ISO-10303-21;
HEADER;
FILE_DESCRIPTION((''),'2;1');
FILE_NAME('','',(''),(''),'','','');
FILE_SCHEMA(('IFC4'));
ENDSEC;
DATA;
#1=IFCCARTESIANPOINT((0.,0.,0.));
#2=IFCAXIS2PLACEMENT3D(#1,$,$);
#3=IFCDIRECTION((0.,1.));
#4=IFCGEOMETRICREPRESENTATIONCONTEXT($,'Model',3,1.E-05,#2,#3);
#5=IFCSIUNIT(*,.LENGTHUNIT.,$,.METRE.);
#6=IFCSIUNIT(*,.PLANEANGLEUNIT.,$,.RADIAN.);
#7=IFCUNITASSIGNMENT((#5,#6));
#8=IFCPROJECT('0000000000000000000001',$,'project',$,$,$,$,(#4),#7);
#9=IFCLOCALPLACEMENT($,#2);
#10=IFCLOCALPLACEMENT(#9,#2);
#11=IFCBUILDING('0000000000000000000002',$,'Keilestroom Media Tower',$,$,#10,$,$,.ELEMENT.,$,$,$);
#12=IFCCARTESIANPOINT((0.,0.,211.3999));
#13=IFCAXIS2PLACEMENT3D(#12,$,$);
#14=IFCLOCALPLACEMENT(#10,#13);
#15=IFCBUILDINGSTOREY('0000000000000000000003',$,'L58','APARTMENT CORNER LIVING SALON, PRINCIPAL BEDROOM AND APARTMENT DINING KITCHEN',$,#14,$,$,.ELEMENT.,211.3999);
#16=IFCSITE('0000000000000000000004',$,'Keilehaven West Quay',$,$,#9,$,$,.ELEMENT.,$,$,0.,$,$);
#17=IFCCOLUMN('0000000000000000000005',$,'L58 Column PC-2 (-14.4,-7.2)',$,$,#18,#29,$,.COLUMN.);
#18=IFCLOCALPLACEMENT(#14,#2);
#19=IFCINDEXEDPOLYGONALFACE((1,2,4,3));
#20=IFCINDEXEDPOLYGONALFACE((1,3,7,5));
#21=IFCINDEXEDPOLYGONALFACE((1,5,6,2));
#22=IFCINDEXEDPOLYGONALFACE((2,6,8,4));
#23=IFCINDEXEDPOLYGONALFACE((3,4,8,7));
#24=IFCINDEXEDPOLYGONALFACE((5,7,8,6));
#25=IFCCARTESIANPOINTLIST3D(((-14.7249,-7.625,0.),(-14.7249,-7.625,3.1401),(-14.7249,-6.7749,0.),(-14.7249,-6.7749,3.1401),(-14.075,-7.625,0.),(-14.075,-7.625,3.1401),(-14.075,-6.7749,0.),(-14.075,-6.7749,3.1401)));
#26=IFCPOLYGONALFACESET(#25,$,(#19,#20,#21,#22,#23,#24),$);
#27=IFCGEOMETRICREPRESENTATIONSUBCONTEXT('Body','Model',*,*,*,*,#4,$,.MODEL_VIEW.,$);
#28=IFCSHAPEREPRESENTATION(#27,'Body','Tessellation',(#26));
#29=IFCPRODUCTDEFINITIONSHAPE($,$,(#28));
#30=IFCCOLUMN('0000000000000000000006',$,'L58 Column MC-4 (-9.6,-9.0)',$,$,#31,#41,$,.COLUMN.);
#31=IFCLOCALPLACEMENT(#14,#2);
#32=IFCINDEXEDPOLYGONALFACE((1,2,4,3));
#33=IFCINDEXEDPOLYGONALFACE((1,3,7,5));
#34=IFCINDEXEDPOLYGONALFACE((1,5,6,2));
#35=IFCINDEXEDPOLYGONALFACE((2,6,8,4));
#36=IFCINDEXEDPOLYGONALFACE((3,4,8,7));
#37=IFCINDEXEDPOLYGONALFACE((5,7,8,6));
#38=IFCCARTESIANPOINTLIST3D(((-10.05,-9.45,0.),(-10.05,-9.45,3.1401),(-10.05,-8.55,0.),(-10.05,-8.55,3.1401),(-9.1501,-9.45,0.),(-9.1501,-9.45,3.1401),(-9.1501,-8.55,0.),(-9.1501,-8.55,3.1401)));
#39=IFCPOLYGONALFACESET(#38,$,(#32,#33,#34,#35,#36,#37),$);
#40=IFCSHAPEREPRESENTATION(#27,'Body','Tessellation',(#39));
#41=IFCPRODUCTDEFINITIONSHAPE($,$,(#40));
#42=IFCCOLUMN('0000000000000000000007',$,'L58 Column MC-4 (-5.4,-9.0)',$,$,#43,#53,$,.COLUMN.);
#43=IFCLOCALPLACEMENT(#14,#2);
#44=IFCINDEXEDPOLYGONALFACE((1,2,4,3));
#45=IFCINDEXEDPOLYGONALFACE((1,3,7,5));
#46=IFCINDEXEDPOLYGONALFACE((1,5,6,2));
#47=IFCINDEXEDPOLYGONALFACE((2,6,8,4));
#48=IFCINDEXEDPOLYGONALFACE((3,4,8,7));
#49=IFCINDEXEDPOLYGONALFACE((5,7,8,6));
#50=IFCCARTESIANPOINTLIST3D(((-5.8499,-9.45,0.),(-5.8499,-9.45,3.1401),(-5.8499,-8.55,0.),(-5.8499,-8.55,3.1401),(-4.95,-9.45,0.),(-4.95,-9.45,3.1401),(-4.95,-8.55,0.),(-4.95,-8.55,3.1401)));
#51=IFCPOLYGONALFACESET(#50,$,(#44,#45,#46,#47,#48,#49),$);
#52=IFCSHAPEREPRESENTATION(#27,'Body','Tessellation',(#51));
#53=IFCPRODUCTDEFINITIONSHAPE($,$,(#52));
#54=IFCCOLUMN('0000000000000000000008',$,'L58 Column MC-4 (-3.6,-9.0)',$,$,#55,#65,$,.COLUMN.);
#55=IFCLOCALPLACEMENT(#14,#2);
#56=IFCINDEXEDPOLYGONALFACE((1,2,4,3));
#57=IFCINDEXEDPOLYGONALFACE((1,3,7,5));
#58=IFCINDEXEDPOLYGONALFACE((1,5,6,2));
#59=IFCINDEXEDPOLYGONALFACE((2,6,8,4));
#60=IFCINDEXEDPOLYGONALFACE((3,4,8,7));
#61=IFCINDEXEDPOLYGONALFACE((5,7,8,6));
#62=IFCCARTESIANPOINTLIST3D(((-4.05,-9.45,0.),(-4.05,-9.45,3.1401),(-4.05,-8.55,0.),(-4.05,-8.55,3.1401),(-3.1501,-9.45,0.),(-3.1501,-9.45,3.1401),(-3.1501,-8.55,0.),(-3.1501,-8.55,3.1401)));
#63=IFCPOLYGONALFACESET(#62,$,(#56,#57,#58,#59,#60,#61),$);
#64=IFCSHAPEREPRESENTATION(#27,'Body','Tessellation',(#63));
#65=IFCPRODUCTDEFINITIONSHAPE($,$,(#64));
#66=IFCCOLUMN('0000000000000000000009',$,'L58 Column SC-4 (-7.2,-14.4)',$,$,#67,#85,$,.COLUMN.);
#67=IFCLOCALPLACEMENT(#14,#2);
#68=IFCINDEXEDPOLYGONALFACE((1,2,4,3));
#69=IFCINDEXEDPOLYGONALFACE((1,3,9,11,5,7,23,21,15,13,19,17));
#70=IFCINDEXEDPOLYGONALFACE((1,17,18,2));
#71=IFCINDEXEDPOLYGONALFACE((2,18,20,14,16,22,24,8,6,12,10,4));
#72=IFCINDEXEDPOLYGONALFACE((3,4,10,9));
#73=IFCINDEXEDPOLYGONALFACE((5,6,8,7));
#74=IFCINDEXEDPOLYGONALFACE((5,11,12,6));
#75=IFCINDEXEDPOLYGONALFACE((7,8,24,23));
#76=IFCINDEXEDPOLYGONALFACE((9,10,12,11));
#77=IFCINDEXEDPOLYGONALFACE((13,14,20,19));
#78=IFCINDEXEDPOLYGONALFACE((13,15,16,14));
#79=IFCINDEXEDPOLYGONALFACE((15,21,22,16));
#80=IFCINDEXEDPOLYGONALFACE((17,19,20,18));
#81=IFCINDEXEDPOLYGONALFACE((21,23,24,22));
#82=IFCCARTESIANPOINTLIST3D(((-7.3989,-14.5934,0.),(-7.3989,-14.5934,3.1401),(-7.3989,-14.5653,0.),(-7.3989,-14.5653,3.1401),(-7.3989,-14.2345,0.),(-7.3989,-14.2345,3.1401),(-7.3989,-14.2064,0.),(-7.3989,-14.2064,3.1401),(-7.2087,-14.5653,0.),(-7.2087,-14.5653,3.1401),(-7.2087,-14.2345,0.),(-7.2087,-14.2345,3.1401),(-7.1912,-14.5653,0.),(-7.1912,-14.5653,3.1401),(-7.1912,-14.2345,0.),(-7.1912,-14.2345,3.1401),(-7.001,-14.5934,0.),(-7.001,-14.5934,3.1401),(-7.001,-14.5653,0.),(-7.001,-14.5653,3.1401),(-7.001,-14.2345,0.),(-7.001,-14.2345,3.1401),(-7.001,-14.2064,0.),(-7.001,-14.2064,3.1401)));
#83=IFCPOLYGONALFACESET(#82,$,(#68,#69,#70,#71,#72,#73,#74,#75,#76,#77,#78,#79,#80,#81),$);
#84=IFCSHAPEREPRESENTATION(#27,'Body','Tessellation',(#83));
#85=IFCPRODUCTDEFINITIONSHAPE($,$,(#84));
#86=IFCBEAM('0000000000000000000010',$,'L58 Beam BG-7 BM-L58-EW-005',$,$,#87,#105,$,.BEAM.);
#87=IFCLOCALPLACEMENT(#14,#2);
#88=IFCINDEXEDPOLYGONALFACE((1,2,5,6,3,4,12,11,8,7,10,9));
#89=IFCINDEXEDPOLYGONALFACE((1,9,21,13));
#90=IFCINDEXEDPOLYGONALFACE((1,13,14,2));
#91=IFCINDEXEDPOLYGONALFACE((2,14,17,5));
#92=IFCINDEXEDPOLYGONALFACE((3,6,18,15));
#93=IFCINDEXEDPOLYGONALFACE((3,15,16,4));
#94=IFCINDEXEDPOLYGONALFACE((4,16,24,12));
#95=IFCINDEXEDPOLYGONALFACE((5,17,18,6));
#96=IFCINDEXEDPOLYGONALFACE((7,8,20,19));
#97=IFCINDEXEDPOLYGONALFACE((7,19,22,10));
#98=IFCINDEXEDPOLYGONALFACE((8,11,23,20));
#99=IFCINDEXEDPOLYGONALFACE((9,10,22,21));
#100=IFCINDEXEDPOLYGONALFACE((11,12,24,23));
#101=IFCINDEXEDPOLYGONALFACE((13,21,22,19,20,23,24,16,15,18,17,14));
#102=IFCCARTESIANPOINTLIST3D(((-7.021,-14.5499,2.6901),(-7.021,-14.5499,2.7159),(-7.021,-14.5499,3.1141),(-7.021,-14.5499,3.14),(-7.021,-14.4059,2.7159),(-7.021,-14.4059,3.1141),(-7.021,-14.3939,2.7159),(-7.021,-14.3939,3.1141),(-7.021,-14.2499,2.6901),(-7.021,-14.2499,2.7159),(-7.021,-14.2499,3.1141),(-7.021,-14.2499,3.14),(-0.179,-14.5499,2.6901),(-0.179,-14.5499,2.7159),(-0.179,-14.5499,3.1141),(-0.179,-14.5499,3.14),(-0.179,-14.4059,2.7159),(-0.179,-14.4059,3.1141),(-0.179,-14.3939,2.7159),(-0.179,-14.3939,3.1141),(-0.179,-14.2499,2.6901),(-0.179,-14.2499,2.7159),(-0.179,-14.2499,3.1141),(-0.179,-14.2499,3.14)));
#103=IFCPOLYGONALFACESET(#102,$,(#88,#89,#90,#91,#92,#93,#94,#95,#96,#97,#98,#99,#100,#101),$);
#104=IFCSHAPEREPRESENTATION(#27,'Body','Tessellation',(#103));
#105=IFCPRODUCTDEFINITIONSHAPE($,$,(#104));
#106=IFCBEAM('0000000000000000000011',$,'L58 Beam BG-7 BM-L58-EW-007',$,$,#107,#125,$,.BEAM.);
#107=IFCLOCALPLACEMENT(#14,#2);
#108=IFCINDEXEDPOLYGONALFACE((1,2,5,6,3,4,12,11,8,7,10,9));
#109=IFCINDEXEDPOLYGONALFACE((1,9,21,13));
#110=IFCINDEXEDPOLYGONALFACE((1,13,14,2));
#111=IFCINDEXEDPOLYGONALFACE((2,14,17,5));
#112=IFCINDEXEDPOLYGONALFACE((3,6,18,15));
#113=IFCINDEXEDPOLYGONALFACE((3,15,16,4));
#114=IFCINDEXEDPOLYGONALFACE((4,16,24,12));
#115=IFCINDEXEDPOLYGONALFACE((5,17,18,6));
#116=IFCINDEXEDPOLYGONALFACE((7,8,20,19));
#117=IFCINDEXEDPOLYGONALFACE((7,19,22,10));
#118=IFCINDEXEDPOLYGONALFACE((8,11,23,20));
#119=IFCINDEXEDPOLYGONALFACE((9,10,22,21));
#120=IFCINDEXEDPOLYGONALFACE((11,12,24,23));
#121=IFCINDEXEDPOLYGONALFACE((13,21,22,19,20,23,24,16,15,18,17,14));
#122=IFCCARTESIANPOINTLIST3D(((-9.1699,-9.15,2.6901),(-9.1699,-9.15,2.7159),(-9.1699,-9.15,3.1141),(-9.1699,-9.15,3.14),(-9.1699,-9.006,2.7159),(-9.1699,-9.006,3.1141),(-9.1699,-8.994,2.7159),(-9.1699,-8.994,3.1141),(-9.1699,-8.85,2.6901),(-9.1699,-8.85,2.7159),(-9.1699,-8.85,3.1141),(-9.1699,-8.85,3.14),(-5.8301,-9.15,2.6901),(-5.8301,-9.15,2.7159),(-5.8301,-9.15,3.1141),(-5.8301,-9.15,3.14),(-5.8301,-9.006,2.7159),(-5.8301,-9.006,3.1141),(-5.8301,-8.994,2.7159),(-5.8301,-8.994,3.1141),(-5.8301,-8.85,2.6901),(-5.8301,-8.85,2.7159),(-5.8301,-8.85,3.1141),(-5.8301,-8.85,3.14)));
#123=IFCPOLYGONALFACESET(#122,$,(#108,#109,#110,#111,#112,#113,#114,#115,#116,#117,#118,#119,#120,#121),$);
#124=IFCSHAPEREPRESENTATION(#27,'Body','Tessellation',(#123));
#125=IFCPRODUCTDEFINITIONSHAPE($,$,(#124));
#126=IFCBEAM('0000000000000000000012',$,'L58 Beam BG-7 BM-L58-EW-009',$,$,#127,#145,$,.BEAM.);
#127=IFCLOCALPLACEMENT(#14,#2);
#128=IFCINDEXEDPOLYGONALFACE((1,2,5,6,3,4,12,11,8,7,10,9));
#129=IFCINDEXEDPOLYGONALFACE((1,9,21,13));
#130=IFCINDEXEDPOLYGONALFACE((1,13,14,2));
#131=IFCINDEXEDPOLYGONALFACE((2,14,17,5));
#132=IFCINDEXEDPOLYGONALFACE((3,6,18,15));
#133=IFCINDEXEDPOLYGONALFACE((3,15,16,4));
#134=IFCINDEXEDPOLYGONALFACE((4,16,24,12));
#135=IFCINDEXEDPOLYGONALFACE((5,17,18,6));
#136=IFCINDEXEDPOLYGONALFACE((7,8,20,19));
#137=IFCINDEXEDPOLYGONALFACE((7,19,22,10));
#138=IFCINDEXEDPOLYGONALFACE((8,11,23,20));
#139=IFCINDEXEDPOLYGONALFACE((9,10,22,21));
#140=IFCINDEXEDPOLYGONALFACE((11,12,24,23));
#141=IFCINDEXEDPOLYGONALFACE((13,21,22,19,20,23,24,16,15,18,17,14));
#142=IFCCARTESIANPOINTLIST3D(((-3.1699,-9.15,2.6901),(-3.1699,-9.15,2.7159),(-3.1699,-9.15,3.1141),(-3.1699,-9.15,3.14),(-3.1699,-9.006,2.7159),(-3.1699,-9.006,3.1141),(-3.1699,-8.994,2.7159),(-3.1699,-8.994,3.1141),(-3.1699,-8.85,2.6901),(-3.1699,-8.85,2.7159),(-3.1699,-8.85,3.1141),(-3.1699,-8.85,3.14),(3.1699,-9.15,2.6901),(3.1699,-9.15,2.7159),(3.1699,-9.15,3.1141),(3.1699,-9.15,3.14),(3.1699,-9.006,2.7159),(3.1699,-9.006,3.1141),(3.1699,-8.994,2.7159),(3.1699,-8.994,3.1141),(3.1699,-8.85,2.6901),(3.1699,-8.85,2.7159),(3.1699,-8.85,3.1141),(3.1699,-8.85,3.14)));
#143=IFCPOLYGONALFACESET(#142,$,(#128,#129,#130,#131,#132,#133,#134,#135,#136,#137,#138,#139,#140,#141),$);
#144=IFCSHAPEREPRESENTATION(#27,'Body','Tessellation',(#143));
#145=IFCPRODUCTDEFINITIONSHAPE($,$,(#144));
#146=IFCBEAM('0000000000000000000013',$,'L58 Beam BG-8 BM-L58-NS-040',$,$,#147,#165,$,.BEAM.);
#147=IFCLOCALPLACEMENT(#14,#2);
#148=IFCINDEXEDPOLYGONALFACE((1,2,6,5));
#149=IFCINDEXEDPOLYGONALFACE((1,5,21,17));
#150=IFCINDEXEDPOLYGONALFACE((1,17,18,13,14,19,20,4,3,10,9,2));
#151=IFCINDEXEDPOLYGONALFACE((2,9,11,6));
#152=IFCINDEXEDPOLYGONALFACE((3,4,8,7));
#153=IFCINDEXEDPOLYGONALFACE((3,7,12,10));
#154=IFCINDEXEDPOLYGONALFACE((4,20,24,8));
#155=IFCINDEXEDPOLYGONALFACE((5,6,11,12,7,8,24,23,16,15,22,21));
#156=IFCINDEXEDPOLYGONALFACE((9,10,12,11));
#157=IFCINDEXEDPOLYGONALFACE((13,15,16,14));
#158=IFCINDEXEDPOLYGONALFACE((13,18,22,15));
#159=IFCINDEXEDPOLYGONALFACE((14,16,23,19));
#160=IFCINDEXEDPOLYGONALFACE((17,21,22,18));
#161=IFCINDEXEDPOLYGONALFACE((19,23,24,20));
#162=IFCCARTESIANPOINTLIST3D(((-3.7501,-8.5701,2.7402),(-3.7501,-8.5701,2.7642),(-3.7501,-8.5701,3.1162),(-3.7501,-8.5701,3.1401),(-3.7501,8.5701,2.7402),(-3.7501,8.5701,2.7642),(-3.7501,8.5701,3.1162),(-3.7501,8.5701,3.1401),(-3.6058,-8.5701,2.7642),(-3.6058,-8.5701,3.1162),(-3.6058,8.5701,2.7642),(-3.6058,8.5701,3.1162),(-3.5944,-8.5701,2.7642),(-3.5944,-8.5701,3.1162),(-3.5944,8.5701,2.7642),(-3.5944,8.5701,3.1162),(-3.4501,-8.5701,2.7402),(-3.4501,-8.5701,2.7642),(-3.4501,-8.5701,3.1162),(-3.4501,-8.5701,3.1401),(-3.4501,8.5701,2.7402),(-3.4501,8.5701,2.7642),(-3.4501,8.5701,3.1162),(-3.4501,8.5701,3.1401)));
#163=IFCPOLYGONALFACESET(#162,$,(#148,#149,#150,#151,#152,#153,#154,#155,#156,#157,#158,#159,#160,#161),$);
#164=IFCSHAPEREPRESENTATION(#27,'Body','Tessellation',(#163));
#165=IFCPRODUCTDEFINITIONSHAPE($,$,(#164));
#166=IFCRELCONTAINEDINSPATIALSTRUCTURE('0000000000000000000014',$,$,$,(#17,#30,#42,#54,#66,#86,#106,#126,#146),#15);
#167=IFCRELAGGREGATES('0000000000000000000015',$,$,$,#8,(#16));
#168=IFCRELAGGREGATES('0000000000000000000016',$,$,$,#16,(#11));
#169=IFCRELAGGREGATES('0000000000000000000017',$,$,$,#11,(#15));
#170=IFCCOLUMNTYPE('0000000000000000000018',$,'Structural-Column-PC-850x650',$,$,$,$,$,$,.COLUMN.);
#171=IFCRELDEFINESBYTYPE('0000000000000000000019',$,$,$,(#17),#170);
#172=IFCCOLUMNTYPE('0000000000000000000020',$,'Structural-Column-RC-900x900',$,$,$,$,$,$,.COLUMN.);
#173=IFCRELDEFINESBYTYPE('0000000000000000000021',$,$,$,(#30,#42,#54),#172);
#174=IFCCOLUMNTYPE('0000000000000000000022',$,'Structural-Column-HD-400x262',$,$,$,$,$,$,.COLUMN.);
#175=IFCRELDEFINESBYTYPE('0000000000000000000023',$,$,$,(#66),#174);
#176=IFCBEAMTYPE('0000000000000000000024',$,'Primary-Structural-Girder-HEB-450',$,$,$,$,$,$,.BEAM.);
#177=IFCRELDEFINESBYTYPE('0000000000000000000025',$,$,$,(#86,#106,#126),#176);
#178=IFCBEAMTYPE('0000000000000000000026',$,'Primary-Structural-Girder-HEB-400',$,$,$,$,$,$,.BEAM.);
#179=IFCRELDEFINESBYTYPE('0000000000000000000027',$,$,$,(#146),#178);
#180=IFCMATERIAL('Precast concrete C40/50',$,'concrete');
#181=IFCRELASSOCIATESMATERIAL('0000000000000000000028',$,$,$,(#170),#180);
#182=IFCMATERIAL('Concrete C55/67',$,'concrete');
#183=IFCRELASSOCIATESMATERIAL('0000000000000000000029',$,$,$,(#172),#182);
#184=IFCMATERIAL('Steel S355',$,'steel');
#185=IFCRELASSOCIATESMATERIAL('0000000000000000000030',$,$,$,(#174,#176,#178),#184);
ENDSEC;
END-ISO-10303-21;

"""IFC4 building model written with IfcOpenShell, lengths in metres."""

from ifc_helpers import new_model, si_unit, direction, frame, origin, origin_2d, place, context, subcontext, project, spatial, rectangle, i_section, extrude, source, transform, mapped, material, material_profile, profile_set, type_object, element, save


model = new_model("IFC4")

# Units and contexts
model_context = context("Model", 3, precision=1e-05, world=origin(), true_north=direction((0.0, 1.0)))
body_context = subcontext(model_context, "Body", "Model", "MODEL_VIEW")
ifc_project = project(units=[si_unit("LENGTHUNIT", "METRE"), si_unit("PLANEANGLEUNIT", "RADIAN")], contexts=[model_context])

# Site, building, storey
site_placement = place(None, origin())
site = spatial("IfcSite", under=ifc_project, at=site_placement, Name="Keilehaven West Quay", CompositionType="ELEMENT", RefElevation=0.0)
building_placement = place(site_placement, origin())
building = spatial("IfcBuilding", under=site, at=building_placement, Name="Keilestroom Media Tower", CompositionType="ELEMENT")
storey_placement = place(building_placement, frame((0.0, 0.0, 211.3999)))
storey = spatial("IfcBuildingStorey", under=building, at=storey_placement, Name="L58", Description="APARTMENT CORNER LIVING SALON, PRINCIPAL BEDROOM AND APARTMENT DINING KITCHEN", CompositionType="ELEMENT", Elevation=211.3999)

# Columns
ifc_material_1 = material(Name="Precast concrete C40/50", Category="concrete")
ifc_material_profile_1 = material_profile(ifc_material_1, rectangle(XDim=0.6499, YDim=0.8501, at=origin_2d()), Name="PC 850x650")
ifc_profile_set_1 = profile_set([ifc_material_profile_1], Name="Precast concrete C40/50")
column_type_1 = type_object("IfcColumnType", Name="Structural-Column-PC-850x650", PredefinedType="COLUMN", material=ifc_profile_set_1)
shared_shape_1 = source(origin(), body_context, "Body", "SweptSolid", [
    extrude(rectangle(XDim=0.6499, YDim=0.8501, at=origin_2d()), origin(), (0.0, 0.0, 1.0), 3.1401),
])
column_1_placement = place(storey_placement, frame((-14.3999, -7.2, 0.0), z_axis=(0.0, 0.0, 1.0), x_axis=(1.0, 0.0, 0.0)))
element("IfcColumn", 1, at=column_1_placement, inside=storey, type_object=column_type_1, Name="L58 Column PC-2 (-14.4,-7.2)", PredefinedType="COLUMN", context=body_context, shape_type="MappedRepresentation", body=[
    mapped(shared_shape_1, transform((0.0, 0.0, 0.0), x_axis=(1.0, 0.0, 0.0), y_axis=(0.0, 1.0, 0.0), z_axis=(0.0, 0.0, 1.0), scale=1.0)),
])
ifc_material_2 = material(Name="Concrete C55/67", Category="concrete")
ifc_material_profile_2 = material_profile(ifc_material_2, rectangle(XDim=0.8999, YDim=0.8999, at=origin_2d()), Name="RC 900x900")
ifc_profile_set_2 = profile_set([ifc_material_profile_2], Name="Concrete C55/67")
column_type_2 = type_object("IfcColumnType", Name="Structural-Column-RC-900x900", PredefinedType="COLUMN", material=ifc_profile_set_2)
shared_shape_2 = source(origin(), body_context, "Body", "SweptSolid", [
    extrude(rectangle(XDim=0.8999, YDim=0.8999, at=origin_2d()), origin(), (0.0, 0.0, 1.0), 3.1401),
])
for number, where, z_axis, x_axis, name in (
    (2, (-9.6001, -9.0, 0.0), (0.0, 0.0, 1.0), (1.0, 0.0, 0.0), "L58 Column MC-4 (-9.6,-9.0)"),
    (3, (-5.3999, -9.0, 0.0), (0.0, 0.0, 1.0), (1.0, 0.0, 0.0), "L58 Column MC-4 (-5.4,-9.0)"),
    (4, (-3.6001, -9.0, 0.0), (0.0, 0.0, 1.0), (1.0, 0.0, 0.0), "L58 Column MC-4 (-3.6,-9.0)"),
):
    element("IfcColumn", number, at=place(storey_placement, frame(where, z_axis=z_axis, x_axis=x_axis)), inside=storey, type_object=column_type_2, Name=name, PredefinedType="COLUMN", context=body_context, shape_type="MappedRepresentation", body=[
        mapped(shared_shape_2, transform((0.0, 0.0, 0.0), x_axis=(1.0, 0.0, 0.0), y_axis=(0.0, 1.0, 0.0), z_axis=(0.0, 0.0, 1.0), scale=1.0)),
    ])
ifc_material_3 = material(Name="Steel S355", Category="steel")
ifc_material_profile_3 = material_profile(ifc_material_3, i_section(OverallWidth=0.3979, OverallDepth=0.387, WebThickness=0.0176, FlangeThickness=0.0281, at=origin_2d()), Name="HD 400x262")
ifc_profile_set_3 = profile_set([ifc_material_profile_3], Name="Steel S355")
column_type_3 = type_object("IfcColumnType", Name="Structural-Column-HD-400x262", PredefinedType="COLUMN", material=ifc_profile_set_3)
shared_shape_3 = source(origin(), body_context, "Body", "SweptSolid", [
    extrude(i_section(OverallWidth=0.3979, OverallDepth=0.387, WebThickness=0.0176, FlangeThickness=0.0281, at=origin_2d()), origin(), (0.0, 0.0, 1.0), 3.1401),
])
column_2_placement = place(storey_placement, frame((-7.2, -14.3999, 0.0), z_axis=(0.0, 0.0, 1.0), x_axis=(1.0, 0.0, 0.0)))
element("IfcColumn", 5, at=column_2_placement, inside=storey, type_object=column_type_3, Name="L58 Column SC-4 (-7.2,-14.4)", PredefinedType="COLUMN", context=body_context, shape_type="MappedRepresentation", body=[
    mapped(shared_shape_3, transform((0.0, 0.0, 0.0), x_axis=(1.0, 0.0, 0.0), y_axis=(0.0, 1.0, 0.0), z_axis=(0.0, 0.0, 1.0), scale=1.0)),
])

# Beams
ifc_material_profile_4 = material_profile(ifc_material_3, i_section(OverallWidth=0.3, OverallDepth=0.45, WebThickness=0.012, FlangeThickness=0.0259, at=origin_2d()), Name="HEB 450")
ifc_profile_set_4 = profile_set([ifc_material_profile_4], Name="Steel S355")
beam_type_1 = type_object("IfcBeamType", Name="Primary-Structural-Girder-HEB-450", PredefinedType="BEAM", material=ifc_profile_set_4)
shared_shape_4 = source(origin(), body_context, "Body", "SweptSolid", [
    extrude(i_section(OverallWidth=0.3, OverallDepth=0.45, WebThickness=0.012, FlangeThickness=0.0259, at=origin_2d()), origin(), (0.0, 0.0, 1.0), 6.842),
])
beam_1_placement = place(storey_placement, frame((-7.021, -14.3999, 2.915), z_axis=(1.0, 0.0, 0.0), x_axis=(0.0, 1.0, 0.0)))
element("IfcBeam", 6, at=beam_1_placement, inside=storey, type_object=beam_type_1, Name="L58 Beam BG-7 BM-L58-EW-005", PredefinedType="BEAM", context=body_context, shape_type="MappedRepresentation", body=[
    mapped(shared_shape_4, transform((0.0, 0.0, 0.0), x_axis=(1.0, 0.0, 0.0), y_axis=(0.0, 1.0, 0.0), z_axis=(0.0, 0.0, 1.0), scale=1.0)),
])
shared_shape_5 = source(origin(), body_context, "Body", "SweptSolid", [
    extrude(i_section(OverallWidth=0.3, OverallDepth=0.45, WebThickness=0.012, FlangeThickness=0.0259, at=origin_2d()), origin(), (0.0, 0.0, 1.0), 3.3398),
])
beam_2_placement = place(storey_placement, frame((-9.1699, -9.0, 2.915), z_axis=(1.0, 0.0, 0.0), x_axis=(0.0, 1.0, 0.0)))
element("IfcBeam", 7, at=beam_2_placement, inside=storey, type_object=beam_type_1, Name="L58 Beam BG-7 BM-L58-EW-007", PredefinedType="BEAM", context=body_context, shape_type="MappedRepresentation", body=[
    mapped(shared_shape_5, transform((0.0, 0.0, 0.0), x_axis=(1.0, 0.0, 0.0), y_axis=(0.0, 1.0, 0.0), z_axis=(0.0, 0.0, 1.0), scale=1.0)),
])
shared_shape_6 = source(origin(), body_context, "Body", "SweptSolid", [
    extrude(i_section(OverallWidth=0.3, OverallDepth=0.45, WebThickness=0.012, FlangeThickness=0.0259, at=origin_2d()), origin(), (0.0, 0.0, 1.0), 6.3398),
])
beam_3_placement = place(storey_placement, frame((-3.1699, -9.0, 2.915), z_axis=(1.0, 0.0, 0.0), x_axis=(0.0, 1.0, 0.0)))
element("IfcBeam", 8, at=beam_3_placement, inside=storey, type_object=beam_type_1, Name="L58 Beam BG-7 BM-L58-EW-009", PredefinedType="BEAM", context=body_context, shape_type="MappedRepresentation", body=[
    mapped(shared_shape_6, transform((0.0, 0.0, 0.0), x_axis=(1.0, 0.0, 0.0), y_axis=(0.0, 1.0, 0.0), z_axis=(0.0, 0.0, 1.0), scale=1.0)),
])
ifc_material_profile_5 = material_profile(ifc_material_3, i_section(OverallWidth=0.3, OverallDepth=0.3999, WebThickness=0.0115, FlangeThickness=0.0239, at=origin_2d()), Name="HEB 400")
ifc_profile_set_5 = profile_set([ifc_material_profile_5], Name="Steel S355")
beam_type_2 = type_object("IfcBeamType", Name="Primary-Structural-Girder-HEB-400", PredefinedType="BEAM", material=ifc_profile_set_5)
shared_shape_7 = source(origin(), body_context, "Body", "SweptSolid", [
    extrude(i_section(OverallWidth=0.3, OverallDepth=0.3999, WebThickness=0.0115, FlangeThickness=0.0239, at=origin_2d()), origin(), (0.0, 0.0, 1.0), 17.1401),
])
beam_4_placement = place(storey_placement, frame((-3.6001, -8.5701, 2.9402), z_axis=(0.0, 1.0, 0.0), x_axis=(-1.0, 0.0, 0.0)))
element("IfcBeam", 9, at=beam_4_placement, inside=storey, type_object=beam_type_2, Name="L58 Beam BG-8 BM-L58-NS-040", PredefinedType="BEAM", context=body_context, shape_type="MappedRepresentation", body=[
    mapped(shared_shape_7, transform((0.0, 0.0, 0.0), x_axis=(1.0, 0.0, 0.0), y_axis=(0.0, 1.0, 0.0), z_axis=(0.0, 0.0, 1.0), scale=1.0)),
])

save(model, "model.ifc")
